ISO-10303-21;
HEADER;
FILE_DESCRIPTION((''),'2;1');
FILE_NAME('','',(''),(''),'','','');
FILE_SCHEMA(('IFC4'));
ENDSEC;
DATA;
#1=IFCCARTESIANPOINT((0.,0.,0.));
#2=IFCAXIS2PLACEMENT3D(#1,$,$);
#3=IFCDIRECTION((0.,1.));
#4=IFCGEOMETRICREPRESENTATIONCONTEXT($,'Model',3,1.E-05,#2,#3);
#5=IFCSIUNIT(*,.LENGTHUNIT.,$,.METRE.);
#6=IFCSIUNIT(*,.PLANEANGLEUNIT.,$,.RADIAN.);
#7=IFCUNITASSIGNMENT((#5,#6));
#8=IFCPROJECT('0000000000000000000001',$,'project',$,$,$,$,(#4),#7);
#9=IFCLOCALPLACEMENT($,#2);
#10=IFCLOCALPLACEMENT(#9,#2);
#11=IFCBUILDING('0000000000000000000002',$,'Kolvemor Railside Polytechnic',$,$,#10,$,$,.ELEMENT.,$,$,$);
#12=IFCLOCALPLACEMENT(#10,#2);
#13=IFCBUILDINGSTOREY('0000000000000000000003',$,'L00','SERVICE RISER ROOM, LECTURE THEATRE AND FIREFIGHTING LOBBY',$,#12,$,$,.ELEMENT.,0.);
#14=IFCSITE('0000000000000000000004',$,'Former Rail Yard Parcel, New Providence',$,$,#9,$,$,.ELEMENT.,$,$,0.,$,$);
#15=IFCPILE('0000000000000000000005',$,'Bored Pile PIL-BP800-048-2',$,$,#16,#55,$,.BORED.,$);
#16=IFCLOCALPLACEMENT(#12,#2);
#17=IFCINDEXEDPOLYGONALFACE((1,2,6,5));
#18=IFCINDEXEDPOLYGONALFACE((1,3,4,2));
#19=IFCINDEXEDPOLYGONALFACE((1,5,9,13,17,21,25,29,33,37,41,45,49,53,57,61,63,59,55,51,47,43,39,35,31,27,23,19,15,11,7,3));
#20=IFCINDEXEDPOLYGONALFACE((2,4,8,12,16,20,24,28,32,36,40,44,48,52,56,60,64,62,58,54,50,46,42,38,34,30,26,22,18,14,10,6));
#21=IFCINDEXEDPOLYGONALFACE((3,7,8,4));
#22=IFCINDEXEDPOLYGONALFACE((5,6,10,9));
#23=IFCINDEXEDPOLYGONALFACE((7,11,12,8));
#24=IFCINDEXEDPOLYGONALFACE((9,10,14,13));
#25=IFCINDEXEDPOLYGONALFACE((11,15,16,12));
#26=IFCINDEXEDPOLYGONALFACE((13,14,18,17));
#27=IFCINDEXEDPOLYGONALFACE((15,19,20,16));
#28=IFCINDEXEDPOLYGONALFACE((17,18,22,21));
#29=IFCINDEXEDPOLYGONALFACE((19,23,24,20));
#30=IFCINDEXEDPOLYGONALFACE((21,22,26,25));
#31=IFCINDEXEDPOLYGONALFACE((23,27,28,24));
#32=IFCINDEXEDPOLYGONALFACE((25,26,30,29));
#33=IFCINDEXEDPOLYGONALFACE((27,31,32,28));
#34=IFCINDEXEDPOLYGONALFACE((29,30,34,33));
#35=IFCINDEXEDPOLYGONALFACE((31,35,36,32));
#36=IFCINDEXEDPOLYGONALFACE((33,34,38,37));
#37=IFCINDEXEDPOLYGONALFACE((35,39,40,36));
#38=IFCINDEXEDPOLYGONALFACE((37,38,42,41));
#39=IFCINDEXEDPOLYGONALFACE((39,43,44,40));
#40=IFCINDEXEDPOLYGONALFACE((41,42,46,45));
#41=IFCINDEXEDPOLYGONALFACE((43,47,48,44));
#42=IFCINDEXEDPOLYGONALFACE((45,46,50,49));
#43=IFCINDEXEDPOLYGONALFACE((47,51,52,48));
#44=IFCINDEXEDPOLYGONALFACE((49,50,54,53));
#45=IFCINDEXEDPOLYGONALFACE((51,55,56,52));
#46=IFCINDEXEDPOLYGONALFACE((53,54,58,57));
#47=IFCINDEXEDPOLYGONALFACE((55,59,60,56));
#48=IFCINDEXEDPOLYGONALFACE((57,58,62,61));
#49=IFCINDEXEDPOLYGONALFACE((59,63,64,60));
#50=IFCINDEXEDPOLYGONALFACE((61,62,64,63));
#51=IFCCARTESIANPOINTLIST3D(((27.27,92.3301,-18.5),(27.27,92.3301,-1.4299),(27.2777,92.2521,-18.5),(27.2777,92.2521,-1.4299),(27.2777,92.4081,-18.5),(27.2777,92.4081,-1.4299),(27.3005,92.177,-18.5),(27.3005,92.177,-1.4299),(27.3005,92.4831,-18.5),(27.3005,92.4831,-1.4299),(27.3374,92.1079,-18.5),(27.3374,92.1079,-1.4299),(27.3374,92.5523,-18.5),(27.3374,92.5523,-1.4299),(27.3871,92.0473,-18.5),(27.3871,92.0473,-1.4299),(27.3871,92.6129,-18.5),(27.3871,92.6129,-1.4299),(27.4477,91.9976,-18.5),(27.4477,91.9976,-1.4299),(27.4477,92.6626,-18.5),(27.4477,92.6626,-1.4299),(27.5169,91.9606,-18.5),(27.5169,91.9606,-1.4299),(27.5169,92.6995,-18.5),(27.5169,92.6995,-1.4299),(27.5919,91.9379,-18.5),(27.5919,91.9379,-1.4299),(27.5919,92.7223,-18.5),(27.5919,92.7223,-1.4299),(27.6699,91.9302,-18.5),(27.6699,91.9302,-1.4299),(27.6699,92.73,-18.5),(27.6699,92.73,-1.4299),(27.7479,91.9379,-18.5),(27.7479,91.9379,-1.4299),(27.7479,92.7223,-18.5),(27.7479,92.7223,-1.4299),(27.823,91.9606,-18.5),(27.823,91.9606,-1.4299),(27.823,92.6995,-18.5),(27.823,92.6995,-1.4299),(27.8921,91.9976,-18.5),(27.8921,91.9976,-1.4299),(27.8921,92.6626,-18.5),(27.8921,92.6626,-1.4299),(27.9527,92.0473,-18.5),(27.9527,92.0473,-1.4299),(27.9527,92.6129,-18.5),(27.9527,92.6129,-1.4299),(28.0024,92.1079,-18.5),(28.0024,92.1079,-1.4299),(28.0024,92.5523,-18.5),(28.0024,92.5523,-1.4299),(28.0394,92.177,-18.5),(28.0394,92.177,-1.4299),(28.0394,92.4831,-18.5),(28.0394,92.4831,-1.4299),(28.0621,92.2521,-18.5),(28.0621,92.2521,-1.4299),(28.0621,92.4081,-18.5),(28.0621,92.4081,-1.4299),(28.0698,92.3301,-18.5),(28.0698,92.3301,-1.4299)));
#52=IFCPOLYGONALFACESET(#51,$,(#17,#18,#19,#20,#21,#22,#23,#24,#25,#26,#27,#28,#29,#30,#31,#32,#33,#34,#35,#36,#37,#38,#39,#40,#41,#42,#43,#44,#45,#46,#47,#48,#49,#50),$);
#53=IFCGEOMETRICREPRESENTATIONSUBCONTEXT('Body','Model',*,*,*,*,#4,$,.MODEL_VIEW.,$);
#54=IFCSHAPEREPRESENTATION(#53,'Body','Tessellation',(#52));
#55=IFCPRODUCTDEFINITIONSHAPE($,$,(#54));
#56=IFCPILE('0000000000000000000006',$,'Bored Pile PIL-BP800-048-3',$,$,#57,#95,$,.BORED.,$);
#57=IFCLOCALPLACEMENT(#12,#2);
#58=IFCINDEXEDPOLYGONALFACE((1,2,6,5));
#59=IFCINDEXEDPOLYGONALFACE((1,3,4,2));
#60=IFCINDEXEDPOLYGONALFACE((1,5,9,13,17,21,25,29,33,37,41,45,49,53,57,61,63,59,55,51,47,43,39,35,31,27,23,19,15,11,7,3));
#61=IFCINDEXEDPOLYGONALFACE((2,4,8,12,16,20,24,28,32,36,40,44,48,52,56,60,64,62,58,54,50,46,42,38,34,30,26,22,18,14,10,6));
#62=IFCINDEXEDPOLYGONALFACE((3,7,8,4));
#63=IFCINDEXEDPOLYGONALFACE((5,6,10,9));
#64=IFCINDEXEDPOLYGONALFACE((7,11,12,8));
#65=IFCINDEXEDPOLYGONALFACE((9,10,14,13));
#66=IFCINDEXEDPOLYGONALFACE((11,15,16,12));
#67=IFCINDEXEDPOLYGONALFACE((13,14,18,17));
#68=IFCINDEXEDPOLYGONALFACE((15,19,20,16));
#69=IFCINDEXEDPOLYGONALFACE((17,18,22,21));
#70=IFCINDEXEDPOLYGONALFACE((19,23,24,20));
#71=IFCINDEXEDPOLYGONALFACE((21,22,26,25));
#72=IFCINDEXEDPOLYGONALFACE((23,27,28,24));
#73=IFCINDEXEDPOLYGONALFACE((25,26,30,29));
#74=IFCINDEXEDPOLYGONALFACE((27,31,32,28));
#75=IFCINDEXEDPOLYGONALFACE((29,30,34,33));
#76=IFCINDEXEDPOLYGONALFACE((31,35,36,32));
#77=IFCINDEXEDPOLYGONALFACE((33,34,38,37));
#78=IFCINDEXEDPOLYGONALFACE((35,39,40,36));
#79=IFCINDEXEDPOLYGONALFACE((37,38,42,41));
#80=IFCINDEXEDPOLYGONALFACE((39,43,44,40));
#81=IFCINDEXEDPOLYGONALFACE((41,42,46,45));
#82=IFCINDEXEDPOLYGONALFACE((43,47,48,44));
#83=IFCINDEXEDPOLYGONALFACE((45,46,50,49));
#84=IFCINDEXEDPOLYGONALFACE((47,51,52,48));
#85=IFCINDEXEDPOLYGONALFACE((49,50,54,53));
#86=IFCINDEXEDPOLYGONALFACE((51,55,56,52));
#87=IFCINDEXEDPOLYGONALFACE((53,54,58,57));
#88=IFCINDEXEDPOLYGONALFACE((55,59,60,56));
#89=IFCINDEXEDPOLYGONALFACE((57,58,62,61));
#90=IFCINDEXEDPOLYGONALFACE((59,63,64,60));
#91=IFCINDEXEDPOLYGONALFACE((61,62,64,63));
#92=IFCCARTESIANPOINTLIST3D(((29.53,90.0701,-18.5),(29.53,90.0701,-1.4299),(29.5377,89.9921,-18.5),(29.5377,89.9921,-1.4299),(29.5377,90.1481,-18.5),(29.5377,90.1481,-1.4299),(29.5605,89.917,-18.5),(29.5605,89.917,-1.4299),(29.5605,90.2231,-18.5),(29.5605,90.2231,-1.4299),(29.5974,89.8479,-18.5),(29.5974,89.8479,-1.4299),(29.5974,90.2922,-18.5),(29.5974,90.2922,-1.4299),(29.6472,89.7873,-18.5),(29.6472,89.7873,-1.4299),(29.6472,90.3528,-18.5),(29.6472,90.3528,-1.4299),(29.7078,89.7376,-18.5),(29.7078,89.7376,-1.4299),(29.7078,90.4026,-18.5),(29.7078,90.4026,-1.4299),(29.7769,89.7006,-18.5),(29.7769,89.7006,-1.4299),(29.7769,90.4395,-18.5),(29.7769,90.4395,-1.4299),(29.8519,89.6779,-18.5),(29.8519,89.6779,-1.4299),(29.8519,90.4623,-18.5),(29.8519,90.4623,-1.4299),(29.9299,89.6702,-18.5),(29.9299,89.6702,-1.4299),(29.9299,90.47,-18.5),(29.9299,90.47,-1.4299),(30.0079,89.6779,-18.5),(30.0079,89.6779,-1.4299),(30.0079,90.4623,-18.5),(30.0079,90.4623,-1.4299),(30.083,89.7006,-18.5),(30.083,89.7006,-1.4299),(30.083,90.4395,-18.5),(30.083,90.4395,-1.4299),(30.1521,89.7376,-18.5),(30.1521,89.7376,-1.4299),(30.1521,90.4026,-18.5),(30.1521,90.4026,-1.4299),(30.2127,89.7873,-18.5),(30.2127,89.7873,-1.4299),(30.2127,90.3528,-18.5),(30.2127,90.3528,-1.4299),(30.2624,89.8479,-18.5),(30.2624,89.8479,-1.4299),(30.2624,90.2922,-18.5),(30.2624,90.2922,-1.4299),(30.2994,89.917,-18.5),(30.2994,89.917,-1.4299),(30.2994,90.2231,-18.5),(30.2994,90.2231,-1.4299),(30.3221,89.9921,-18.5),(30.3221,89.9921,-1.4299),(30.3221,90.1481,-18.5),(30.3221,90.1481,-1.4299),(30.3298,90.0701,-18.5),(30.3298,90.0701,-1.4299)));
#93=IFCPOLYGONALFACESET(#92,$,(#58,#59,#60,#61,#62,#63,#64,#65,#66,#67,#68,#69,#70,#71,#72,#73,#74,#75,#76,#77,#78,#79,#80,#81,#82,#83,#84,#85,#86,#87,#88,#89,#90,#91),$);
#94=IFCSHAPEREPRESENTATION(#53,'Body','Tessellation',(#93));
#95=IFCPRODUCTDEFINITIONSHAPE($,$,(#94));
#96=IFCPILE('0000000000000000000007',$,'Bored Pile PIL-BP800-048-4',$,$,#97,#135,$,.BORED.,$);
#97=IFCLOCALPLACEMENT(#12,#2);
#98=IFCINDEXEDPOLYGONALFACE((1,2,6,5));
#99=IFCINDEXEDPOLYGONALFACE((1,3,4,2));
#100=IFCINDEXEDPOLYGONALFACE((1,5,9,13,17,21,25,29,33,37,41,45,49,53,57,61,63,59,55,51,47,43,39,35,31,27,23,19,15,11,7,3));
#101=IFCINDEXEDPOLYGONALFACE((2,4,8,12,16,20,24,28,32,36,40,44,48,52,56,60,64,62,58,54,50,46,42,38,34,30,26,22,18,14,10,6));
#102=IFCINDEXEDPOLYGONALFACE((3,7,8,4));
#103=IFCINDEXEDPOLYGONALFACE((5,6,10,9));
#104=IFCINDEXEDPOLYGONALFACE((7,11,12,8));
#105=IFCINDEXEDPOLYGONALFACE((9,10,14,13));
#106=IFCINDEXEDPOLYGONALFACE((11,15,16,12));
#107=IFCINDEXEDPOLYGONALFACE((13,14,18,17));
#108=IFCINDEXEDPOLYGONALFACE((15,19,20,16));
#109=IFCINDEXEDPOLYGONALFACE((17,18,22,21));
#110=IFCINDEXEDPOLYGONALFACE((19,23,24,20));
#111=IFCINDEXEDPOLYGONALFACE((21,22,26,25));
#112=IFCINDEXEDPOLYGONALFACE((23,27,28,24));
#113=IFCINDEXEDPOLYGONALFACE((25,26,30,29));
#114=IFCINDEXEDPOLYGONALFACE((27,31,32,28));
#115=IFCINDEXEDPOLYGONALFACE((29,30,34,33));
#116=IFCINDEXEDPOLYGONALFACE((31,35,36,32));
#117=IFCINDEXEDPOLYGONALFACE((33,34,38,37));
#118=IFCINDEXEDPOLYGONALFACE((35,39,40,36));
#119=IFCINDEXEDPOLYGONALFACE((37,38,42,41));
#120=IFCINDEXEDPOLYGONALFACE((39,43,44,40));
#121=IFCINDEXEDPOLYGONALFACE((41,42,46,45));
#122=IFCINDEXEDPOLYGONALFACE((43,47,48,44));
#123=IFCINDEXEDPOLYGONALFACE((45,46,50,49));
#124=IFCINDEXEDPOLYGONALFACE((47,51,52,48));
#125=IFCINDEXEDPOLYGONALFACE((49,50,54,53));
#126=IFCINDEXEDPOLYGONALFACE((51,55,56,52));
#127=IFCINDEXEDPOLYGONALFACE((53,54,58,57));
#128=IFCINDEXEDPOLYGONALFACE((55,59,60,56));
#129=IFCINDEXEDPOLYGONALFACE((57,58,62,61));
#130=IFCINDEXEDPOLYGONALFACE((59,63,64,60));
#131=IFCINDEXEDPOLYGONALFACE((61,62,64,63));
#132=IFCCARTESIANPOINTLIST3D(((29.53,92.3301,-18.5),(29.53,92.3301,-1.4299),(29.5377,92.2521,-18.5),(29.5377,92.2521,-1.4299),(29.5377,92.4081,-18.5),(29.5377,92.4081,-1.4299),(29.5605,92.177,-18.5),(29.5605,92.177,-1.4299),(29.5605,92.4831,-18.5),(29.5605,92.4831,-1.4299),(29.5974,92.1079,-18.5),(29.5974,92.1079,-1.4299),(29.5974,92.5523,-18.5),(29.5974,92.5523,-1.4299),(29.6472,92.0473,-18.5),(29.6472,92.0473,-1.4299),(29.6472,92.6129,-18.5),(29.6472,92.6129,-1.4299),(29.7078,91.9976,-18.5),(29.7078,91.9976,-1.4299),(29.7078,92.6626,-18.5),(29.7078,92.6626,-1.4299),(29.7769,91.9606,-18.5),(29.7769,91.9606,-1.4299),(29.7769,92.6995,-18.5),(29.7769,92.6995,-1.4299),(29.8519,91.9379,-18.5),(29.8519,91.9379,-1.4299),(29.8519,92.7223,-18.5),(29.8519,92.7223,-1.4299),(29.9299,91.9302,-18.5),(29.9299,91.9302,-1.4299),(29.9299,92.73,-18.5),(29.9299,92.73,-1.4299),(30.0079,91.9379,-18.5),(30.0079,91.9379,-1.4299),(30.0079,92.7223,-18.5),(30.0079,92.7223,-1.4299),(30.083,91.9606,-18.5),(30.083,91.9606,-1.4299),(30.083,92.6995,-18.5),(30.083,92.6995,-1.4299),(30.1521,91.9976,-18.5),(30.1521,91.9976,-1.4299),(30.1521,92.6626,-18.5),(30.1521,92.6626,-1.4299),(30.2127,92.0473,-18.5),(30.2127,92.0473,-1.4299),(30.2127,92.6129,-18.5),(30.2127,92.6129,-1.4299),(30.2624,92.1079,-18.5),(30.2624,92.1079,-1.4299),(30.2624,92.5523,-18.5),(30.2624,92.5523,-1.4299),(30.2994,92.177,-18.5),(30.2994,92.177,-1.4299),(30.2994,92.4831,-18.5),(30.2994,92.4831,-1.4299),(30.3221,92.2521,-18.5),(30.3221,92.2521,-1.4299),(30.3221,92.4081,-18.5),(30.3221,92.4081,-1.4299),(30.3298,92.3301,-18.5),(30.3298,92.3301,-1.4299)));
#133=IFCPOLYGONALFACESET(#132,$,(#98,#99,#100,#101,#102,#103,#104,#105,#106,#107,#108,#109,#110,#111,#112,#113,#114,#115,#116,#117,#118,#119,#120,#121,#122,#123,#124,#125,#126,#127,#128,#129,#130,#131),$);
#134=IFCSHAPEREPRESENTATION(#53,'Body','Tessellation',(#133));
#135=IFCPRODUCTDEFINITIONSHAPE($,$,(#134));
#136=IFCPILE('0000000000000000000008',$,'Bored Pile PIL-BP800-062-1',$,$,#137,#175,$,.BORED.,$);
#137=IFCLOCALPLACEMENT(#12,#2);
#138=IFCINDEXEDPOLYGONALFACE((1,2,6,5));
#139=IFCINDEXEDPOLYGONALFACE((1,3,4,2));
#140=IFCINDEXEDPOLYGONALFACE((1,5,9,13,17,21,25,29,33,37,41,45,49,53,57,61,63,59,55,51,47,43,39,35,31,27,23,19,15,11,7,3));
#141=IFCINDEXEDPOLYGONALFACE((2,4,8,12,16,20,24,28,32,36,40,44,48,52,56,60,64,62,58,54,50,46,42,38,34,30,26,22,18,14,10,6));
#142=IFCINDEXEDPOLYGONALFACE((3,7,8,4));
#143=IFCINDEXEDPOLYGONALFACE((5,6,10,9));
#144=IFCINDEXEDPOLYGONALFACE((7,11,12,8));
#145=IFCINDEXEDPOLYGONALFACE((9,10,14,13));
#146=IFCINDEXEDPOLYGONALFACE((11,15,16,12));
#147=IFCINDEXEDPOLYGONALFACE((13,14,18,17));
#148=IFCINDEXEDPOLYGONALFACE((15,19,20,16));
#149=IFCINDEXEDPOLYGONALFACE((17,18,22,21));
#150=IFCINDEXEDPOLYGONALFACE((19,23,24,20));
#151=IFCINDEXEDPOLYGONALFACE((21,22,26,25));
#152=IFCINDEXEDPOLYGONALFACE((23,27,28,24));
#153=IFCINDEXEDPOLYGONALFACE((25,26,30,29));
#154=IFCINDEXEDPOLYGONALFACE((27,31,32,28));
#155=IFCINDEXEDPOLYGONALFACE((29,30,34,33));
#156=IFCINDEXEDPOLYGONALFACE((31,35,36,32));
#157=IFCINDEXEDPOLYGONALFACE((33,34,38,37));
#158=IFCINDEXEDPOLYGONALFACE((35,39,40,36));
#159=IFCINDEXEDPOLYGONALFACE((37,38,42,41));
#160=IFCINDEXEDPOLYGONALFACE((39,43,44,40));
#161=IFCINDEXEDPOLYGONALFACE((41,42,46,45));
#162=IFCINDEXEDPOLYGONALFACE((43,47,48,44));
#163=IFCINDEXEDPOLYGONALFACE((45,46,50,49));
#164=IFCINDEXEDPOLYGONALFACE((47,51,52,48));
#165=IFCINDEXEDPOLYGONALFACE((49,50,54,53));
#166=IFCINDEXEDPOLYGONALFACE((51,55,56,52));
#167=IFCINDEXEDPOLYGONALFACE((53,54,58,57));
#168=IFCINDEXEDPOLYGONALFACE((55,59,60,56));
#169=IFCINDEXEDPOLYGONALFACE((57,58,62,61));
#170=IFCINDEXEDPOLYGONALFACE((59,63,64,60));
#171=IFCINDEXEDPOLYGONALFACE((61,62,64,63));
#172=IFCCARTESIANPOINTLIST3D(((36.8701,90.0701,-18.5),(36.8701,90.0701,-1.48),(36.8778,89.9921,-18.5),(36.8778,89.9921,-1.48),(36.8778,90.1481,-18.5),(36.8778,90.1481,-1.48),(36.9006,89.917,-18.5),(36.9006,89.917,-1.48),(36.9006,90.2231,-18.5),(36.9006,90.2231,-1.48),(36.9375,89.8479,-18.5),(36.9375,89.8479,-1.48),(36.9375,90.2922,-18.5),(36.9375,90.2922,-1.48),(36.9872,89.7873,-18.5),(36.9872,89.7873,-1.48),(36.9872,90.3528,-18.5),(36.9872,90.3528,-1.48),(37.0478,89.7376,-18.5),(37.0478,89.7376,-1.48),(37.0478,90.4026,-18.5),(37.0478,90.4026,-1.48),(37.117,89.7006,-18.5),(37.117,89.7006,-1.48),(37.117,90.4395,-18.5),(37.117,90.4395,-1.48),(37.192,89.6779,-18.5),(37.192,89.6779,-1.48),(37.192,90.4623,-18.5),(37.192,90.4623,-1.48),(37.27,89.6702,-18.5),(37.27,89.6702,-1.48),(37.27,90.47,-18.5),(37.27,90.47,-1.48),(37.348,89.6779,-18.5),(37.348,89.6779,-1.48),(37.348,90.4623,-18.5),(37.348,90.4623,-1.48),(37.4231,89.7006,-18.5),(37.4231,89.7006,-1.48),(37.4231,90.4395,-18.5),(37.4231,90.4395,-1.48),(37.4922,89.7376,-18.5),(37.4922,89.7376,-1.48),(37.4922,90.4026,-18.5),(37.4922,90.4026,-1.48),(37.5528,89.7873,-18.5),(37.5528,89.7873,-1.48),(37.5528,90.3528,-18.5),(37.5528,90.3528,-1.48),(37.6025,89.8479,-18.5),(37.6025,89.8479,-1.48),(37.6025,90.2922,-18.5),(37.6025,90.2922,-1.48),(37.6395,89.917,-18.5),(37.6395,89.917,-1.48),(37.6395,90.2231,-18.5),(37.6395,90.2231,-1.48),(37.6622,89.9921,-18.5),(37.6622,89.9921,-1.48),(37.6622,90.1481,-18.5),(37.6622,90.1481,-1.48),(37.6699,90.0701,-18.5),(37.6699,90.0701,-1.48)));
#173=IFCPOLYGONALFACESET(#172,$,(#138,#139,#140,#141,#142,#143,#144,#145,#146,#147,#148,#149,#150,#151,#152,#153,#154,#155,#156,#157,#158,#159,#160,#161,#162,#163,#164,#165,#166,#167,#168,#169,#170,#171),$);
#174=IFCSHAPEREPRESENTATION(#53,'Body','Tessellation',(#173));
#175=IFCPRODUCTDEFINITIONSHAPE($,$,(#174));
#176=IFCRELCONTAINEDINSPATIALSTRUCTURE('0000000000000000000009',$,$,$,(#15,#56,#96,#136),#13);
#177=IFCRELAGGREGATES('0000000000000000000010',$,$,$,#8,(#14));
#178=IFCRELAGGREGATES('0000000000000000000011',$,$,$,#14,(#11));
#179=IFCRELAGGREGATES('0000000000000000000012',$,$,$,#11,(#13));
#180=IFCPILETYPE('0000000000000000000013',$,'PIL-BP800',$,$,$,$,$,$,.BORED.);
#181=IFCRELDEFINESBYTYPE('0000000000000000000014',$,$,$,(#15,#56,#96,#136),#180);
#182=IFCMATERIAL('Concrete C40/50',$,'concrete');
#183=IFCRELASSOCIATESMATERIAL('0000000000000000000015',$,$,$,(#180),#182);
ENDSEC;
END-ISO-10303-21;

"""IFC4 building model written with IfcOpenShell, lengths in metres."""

from ifc_helpers import new_model, si_unit, direction, frame, origin, origin_2d, place, context, subcontext, project, spatial, circle, extrude, material, material_profile, profile_set, type_object, element, save


model = new_model("IFC4")

# Units and contexts
model_context = context("Model", 3, precision=1e-05, world=origin(), true_north=direction((0.0, 1.0)))
body_context = subcontext(model_context, "Body", "Model", "MODEL_VIEW")
ifc_project = project(units=[si_unit("LENGTHUNIT", "METRE"), si_unit("PLANEANGLEUNIT", "RADIAN")], contexts=[model_context])

# Site, building, storey
site_placement = place(None, origin())
site = spatial("IfcSite", under=ifc_project, at=site_placement, Name="Former Rail Yard Parcel, New Providence", CompositionType="ELEMENT", RefElevation=0.0)
building_placement = place(site_placement, origin())
building = spatial("IfcBuilding", under=site, at=building_placement, Name="Kolvemor Railside Polytechnic", CompositionType="ELEMENT")
storey_placement = place(building_placement, origin())
storey = spatial("IfcBuildingStorey", under=building, at=storey_placement, Name="L00", Description="SERVICE RISER ROOM, LECTURE THEATRE AND FIREFIGHTING LOBBY", CompositionType="ELEMENT", Elevation=0.0)

# Piles
ifc_material_1 = material(Name="Concrete C40/50", Category="concrete")
ifc_material_profile_1 = material_profile(ifc_material_1, circle(Radius=0.3999, at=origin_2d()), Name="BP800")
ifc_profile_set_1 = profile_set([ifc_material_profile_1], Name="Concrete C40/50")
pile_type_1 = type_object("IfcPileType", Name="PIL-BP800", PredefinedType="BORED", material=ifc_profile_set_1)
for number, where, z_axis, x_axis, name in (
    (1, (27.6699, 92.3301, -1.4299), (0.0, 0.0, -1.0), (1.0, 0.0, 0.0), "Bored Pile PIL-BP800-048-2"),
    (2, (29.9299, 90.0701, -1.4299), (0.0, 0.0, -1.0), (1.0, 0.0, 0.0), "Bored Pile PIL-BP800-048-3"),
    (3, (29.9299, 92.3301, -1.4299), (0.0, 0.0, -1.0), (1.0, 0.0, 0.0), "Bored Pile PIL-BP800-048-4"),
):
    element("IfcPile", number, at=place(storey_placement, frame(where, z_axis=z_axis, x_axis=x_axis)), inside=storey, type_object=pile_type_1, Name=name, PredefinedType="BORED", context=body_context, shape_type="SweptSolid", body=[
        extrude(circle(Radius=0.3999, at=origin_2d()), origin(), (0.0, 0.0, 1.0), 17.0701),
    ])
for number, where, z_axis, x_axis, name in (
    (4, (37.27, 90.0701, -1.48), (0.0, 0.0, -1.0), (1.0, 0.0, 0.0), "Bored Pile PIL-BP800-062-1"),
):
    element("IfcPile", number, at=place(storey_placement, frame(where, z_axis=z_axis, x_axis=x_axis)), inside=storey, type_object=pile_type_1, Name=name, PredefinedType="BORED", context=body_context, shape_type="SweptSolid", body=[
        extrude(circle(Radius=0.3999, at=origin_2d()), origin(), (0.0, 0.0, 1.0), 17.02),
    ])

save(model, "model.ifc")
